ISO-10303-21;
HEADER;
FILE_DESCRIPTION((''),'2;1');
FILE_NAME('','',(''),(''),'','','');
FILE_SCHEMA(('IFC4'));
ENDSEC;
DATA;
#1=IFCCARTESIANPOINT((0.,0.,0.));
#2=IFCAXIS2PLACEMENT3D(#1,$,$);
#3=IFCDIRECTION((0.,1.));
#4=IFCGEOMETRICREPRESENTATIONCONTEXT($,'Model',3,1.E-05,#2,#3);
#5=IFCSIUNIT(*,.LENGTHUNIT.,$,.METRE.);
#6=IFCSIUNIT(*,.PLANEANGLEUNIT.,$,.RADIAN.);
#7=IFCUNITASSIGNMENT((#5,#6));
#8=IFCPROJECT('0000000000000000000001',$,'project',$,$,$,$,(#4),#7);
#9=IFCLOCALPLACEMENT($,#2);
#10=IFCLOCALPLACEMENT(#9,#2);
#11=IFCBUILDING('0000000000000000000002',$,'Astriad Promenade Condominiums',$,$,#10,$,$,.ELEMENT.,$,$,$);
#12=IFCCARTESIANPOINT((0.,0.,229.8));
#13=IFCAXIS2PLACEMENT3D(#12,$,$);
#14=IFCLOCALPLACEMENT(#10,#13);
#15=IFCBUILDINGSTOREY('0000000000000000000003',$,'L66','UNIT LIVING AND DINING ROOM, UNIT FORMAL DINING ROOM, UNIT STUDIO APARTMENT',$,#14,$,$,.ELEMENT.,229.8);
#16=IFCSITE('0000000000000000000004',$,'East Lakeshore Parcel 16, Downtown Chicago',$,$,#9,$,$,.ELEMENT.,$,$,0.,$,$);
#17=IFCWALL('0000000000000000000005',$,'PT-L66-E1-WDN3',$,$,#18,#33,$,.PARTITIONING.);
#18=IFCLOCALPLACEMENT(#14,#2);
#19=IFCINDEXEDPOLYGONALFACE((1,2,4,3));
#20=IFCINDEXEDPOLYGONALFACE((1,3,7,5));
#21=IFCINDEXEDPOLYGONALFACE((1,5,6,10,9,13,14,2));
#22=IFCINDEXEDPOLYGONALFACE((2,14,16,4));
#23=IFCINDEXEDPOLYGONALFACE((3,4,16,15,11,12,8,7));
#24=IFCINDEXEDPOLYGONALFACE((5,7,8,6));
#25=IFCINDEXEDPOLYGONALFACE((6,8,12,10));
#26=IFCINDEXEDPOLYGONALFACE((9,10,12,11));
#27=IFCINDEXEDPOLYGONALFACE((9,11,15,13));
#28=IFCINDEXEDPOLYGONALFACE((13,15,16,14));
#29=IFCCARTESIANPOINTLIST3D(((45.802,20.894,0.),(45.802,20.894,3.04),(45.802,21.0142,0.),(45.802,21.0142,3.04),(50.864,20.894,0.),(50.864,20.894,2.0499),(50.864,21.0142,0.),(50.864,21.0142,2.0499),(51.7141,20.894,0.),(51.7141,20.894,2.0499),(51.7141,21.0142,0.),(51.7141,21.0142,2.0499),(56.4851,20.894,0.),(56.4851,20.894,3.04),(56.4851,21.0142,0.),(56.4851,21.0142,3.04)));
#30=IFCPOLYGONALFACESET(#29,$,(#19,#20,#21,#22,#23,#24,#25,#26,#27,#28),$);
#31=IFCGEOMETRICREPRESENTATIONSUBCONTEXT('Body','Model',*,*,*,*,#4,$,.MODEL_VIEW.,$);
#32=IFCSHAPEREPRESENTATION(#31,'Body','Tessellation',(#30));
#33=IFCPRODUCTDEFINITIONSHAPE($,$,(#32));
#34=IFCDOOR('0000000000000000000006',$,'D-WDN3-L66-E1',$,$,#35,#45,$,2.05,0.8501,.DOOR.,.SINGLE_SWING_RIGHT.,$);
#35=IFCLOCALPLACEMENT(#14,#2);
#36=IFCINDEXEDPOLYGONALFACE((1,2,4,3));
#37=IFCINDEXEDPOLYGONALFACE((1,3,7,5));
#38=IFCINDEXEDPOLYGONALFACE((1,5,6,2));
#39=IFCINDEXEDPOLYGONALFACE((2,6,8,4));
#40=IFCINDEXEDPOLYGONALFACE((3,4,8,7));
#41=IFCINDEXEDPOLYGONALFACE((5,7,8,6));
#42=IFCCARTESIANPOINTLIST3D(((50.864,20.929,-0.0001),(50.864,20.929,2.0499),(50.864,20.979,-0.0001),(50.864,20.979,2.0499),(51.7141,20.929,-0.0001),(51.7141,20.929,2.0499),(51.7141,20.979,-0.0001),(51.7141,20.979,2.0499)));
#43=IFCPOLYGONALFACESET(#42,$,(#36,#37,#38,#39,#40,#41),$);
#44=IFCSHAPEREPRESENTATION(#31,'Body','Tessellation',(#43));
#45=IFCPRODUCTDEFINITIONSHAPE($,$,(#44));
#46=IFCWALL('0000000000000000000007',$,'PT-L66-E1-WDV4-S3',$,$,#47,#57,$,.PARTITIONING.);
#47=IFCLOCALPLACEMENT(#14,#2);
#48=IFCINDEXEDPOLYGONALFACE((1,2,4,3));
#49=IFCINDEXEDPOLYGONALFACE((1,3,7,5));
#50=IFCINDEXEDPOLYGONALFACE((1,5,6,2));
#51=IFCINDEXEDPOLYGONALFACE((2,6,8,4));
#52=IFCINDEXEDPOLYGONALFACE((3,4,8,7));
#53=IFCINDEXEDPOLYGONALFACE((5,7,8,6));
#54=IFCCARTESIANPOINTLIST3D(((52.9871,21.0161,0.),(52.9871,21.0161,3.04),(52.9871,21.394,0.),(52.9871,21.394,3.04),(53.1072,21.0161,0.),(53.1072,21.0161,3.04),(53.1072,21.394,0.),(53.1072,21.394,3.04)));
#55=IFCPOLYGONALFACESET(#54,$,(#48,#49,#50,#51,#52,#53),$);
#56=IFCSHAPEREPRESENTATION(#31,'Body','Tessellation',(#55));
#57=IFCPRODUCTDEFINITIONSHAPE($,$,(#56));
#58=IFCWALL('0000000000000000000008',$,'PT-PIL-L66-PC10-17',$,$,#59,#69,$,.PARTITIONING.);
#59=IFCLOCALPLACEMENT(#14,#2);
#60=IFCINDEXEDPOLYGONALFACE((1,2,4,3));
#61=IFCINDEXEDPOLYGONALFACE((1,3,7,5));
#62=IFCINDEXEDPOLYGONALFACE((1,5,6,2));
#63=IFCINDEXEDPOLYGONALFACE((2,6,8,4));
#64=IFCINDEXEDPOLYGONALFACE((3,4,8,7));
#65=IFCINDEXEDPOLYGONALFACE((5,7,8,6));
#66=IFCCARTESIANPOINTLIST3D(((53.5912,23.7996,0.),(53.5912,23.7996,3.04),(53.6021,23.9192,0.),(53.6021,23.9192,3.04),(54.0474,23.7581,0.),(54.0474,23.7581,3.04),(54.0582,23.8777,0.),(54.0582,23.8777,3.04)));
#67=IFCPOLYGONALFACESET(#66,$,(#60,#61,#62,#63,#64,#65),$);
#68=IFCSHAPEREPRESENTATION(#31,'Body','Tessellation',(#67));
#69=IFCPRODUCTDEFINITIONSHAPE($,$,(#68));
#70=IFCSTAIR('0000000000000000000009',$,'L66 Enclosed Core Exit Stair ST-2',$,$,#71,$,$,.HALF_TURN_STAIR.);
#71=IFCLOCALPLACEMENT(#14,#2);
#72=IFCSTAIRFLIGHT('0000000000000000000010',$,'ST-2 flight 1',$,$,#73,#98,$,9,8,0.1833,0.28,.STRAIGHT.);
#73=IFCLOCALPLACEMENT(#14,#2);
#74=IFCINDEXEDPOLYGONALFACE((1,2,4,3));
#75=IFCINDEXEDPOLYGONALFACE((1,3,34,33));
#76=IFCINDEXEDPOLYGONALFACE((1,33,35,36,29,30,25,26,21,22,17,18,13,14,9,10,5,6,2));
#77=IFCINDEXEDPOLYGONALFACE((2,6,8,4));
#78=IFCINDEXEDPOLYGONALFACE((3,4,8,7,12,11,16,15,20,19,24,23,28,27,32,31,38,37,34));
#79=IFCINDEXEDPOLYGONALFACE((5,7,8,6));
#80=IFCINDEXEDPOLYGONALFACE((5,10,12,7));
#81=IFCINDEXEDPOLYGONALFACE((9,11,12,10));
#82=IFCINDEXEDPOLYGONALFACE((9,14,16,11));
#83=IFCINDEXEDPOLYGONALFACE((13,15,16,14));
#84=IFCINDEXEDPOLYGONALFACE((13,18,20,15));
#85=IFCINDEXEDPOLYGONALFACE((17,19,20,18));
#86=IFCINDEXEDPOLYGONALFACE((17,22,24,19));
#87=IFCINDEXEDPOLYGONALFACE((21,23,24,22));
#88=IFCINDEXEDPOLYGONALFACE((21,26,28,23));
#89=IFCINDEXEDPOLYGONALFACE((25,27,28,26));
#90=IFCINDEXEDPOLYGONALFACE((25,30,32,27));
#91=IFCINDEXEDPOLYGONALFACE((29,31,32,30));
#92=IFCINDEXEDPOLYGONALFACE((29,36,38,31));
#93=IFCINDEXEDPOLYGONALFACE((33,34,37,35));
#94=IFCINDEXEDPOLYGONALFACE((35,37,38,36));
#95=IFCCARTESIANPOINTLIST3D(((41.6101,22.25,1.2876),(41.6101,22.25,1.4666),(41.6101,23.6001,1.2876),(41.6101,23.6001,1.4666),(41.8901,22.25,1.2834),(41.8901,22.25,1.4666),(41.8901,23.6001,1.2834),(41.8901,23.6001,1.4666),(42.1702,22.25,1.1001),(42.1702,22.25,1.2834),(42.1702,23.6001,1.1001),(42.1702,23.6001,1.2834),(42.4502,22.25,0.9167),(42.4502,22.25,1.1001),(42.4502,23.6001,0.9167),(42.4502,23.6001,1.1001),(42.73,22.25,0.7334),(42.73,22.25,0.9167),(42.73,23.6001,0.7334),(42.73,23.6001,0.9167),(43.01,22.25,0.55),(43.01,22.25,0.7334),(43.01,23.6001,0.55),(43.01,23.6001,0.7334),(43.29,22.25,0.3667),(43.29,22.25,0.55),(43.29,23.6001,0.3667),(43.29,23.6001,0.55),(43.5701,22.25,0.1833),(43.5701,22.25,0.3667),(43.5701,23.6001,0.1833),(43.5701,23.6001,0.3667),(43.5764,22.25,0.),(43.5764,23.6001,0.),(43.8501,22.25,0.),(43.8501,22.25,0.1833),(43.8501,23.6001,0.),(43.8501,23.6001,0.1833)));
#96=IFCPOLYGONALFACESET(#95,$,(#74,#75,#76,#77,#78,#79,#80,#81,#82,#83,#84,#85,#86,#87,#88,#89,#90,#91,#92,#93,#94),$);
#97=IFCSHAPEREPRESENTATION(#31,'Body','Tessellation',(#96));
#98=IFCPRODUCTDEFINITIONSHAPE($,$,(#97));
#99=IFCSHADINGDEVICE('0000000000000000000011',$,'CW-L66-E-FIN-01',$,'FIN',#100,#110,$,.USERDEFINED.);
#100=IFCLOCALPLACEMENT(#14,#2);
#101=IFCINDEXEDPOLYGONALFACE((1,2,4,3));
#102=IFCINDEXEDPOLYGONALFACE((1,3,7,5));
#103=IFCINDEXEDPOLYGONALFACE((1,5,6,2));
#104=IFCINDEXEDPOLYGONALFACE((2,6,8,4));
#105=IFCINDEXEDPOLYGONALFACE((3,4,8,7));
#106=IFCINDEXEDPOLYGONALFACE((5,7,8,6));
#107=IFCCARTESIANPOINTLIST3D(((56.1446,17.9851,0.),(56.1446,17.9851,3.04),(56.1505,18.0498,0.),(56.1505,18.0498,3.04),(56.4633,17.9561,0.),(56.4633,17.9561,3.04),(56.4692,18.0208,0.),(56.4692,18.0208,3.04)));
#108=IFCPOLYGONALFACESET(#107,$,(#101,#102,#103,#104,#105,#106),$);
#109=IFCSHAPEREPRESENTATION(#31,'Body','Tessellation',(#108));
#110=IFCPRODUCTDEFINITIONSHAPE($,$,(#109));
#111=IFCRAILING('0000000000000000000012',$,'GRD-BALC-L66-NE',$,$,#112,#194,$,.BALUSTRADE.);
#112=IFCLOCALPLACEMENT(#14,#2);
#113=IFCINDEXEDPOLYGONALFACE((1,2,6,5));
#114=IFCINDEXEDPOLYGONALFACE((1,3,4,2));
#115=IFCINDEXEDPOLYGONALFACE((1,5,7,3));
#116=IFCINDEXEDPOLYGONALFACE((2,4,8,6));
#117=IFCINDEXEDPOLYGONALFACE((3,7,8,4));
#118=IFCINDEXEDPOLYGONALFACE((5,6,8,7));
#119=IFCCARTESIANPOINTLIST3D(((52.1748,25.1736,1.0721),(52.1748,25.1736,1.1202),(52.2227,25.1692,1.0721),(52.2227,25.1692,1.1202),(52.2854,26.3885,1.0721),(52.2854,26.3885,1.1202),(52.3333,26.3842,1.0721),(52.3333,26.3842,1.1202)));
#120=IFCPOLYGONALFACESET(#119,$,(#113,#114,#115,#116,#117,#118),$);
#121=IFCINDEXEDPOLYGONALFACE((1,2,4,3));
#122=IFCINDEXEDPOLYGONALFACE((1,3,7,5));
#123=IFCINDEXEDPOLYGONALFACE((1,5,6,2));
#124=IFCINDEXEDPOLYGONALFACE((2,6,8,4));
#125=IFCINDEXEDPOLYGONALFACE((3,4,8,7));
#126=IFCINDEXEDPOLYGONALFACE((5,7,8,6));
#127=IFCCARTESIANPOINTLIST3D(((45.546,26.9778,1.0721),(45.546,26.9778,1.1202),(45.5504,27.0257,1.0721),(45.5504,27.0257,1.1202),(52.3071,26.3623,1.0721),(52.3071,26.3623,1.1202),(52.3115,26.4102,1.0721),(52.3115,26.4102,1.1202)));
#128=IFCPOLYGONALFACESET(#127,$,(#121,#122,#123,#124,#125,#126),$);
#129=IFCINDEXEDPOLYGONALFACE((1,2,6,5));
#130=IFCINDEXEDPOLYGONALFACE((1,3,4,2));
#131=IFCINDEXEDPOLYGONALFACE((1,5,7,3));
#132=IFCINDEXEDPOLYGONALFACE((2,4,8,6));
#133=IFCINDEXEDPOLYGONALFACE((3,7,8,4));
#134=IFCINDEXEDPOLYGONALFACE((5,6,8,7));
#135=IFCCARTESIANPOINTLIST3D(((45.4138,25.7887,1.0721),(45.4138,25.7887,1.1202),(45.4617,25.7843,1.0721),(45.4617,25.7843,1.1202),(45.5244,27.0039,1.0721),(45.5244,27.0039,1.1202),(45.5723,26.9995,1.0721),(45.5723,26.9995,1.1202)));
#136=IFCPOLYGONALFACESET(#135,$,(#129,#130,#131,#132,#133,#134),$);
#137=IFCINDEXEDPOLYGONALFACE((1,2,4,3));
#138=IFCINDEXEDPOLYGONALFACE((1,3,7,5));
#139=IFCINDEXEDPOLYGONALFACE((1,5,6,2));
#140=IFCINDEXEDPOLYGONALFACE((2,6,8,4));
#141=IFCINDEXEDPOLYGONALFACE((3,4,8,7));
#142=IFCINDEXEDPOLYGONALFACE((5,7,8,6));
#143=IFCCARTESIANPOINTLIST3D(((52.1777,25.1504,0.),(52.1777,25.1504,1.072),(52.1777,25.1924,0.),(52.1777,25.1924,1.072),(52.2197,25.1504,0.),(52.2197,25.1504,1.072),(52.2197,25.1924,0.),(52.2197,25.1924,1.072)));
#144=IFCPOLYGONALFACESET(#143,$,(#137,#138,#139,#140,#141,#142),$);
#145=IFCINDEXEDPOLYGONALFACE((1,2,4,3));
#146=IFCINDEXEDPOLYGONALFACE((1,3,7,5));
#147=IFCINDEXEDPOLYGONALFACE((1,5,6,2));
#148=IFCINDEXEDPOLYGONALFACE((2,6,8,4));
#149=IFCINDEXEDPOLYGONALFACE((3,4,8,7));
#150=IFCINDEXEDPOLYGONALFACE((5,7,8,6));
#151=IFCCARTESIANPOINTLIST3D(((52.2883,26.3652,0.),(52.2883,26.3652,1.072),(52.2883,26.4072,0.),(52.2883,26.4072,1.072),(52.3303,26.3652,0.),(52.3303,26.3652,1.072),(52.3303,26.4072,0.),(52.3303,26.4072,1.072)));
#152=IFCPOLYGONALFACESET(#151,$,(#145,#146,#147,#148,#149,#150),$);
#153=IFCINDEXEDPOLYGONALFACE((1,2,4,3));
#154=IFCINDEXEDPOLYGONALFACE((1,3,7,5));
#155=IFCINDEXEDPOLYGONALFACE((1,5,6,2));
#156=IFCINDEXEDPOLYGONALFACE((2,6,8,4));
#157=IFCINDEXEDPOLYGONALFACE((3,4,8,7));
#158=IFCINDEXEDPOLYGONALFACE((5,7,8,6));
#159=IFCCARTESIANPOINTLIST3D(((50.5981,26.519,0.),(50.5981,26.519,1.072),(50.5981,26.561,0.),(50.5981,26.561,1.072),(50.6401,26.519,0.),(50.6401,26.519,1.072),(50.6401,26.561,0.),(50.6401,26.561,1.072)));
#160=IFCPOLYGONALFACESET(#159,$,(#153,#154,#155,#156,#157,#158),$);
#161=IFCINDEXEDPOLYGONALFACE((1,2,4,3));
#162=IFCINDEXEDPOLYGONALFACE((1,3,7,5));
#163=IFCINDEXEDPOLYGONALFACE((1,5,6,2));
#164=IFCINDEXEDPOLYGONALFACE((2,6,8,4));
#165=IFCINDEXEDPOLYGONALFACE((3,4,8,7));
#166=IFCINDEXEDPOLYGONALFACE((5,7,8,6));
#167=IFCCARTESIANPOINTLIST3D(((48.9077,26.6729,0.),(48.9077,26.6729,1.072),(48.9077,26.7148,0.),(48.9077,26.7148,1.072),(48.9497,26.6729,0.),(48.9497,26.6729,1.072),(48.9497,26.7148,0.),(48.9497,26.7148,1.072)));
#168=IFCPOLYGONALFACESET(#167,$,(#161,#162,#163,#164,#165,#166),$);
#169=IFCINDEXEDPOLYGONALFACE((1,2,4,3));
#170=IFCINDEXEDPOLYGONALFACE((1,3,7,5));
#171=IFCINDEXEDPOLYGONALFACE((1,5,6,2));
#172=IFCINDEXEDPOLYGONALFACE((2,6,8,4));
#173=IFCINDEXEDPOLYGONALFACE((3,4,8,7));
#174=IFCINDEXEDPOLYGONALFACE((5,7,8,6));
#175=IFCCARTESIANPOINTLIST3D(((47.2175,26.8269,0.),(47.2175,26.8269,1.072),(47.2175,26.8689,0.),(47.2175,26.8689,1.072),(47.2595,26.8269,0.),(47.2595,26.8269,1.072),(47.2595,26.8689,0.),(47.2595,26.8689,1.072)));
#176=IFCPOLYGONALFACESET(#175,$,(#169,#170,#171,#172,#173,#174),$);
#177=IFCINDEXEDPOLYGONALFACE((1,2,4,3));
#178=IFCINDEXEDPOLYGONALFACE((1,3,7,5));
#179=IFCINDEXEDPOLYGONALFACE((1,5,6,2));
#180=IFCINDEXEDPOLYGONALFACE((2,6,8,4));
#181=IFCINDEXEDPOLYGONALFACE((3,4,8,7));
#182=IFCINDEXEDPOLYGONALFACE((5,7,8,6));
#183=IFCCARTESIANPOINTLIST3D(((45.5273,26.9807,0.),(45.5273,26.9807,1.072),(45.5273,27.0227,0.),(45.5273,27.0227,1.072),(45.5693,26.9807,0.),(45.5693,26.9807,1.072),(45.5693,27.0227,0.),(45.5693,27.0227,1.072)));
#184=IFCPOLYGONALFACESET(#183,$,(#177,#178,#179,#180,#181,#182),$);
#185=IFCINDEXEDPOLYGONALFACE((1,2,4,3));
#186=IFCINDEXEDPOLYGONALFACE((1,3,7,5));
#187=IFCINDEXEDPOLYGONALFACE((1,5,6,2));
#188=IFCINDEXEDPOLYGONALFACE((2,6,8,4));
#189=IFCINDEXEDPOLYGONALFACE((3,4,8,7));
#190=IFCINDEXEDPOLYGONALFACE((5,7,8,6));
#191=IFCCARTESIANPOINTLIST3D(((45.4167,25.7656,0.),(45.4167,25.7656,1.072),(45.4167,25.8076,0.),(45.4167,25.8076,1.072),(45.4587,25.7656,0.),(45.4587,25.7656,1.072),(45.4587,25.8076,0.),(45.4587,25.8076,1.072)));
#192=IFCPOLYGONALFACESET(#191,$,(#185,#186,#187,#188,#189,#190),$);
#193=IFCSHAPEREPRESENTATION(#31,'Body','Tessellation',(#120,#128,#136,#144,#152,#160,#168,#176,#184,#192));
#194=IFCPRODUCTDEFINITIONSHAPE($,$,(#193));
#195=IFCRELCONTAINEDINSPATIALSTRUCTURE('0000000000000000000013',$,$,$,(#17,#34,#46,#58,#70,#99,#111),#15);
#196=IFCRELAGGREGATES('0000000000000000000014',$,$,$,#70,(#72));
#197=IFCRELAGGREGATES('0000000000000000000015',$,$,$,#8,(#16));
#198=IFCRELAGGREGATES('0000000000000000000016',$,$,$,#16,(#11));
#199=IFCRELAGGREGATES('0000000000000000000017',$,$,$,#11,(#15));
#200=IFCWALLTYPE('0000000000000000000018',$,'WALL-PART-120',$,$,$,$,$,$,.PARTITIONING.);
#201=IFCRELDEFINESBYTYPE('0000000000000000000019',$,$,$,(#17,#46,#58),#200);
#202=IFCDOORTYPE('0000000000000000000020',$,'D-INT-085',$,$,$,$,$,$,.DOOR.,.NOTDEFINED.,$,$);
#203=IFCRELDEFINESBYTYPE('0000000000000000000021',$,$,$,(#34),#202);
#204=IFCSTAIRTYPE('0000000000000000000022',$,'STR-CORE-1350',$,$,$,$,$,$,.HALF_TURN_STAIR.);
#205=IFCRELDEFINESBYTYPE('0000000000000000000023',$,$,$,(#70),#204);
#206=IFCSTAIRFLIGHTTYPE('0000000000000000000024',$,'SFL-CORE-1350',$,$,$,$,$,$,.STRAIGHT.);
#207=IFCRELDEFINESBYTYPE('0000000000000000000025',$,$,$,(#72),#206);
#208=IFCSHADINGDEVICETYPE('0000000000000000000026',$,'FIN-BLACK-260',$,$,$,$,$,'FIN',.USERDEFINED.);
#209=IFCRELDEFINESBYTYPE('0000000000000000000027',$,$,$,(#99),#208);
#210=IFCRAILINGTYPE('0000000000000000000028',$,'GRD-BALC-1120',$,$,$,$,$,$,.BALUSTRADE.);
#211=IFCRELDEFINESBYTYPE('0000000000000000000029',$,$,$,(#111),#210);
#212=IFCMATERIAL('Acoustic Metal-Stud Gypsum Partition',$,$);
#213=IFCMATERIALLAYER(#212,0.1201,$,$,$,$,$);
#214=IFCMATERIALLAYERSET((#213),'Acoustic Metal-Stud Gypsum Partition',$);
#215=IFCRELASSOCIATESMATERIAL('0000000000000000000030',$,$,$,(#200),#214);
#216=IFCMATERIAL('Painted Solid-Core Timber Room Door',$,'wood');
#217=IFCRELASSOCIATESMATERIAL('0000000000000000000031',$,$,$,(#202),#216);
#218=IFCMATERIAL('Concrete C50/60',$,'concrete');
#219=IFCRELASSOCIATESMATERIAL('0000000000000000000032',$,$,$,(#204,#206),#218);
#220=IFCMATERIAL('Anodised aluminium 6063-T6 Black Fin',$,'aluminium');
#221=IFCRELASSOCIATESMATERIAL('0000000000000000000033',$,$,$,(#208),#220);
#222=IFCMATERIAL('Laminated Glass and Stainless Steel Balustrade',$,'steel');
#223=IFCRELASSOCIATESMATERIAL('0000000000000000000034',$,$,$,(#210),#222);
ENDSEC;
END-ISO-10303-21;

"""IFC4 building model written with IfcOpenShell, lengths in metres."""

from ifc_helpers import new_model, si_unit, direction, frame, frame_2d, origin, origin_2d, place, context, subcontext, project, spatial, polyline, rectangle, outline, extrude, source, transform, mapped, material, layer, layer_set, type_object, type_shapes, element, fill, aggregate, save


model = new_model("IFC4")

# Units and contexts
model_context = context("Model", 3, precision=1e-05, world=origin(), true_north=direction((0.0, 1.0)))
body_context = subcontext(model_context, "Body", "Model", "MODEL_VIEW")
ifc_project = project(units=[si_unit("LENGTHUNIT", "METRE"), si_unit("PLANEANGLEUNIT", "RADIAN")], contexts=[model_context])

# Site, building, storey
site_placement = place(None, origin())
site = spatial("IfcSite", under=ifc_project, at=site_placement, Name="East Lakeshore Parcel 16, Downtown Chicago", CompositionType="ELEMENT", RefElevation=0.0)
building_placement = place(site_placement, origin())
building = spatial("IfcBuilding", under=site, at=building_placement, Name="Astriad Promenade Condominiums", CompositionType="ELEMENT")
storey_placement = place(building_placement, frame((0.0, 0.0, 229.8)))
storey = spatial("IfcBuildingStorey", under=building, at=storey_placement, Name="L66", Description="UNIT LIVING AND DINING ROOM, UNIT FORMAL DINING ROOM, UNIT STUDIO APARTMENT", CompositionType="ELEMENT", Elevation=229.8)

# Shared definitions
ifc_material_1 = material(Name="Concrete C50/60", Category="concrete")

# Shared definitions
ifc_material_2 = material(Name="Acoustic Metal-Stud Gypsum Partition")
ifc_layer_1 = layer(ifc_material_2, 0.1201)
ifc_layer_set_1 = layer_set([ifc_layer_1], Name="Acoustic Metal-Stud Gypsum Partition")
wall_type_1 = type_object("IfcWallType", Name="WALL-PART-120", PredefinedType="PARTITIONING", material=ifc_layer_set_1)

# Wall, opening, door
ifc_material_3 = material(Name="Painted Solid-Core Timber Room Door", Category="wood")
door_type = type_object("IfcDoorType", Name="D-INT-085", OperationType="NOTDEFINED", PredefinedType="DOOR", material=ifc_material_3)
shared_shape_1 = source(origin(), body_context, "Body", "SweptSolid", [
    extrude(rectangle(XDim=0.8501, YDim=2.05, at=frame_2d((0.425, 1.0249))), frame((0.0, 0.0249, 0.0), z_axis=(0.0, -1.0, 0.0), x_axis=(1.0, 0.0, 0.0)), (0.0, 0.0, 1.0), 0.05),
])
type_shapes(door_type, [shared_shape_1])
wall_1_placement = place(storey_placement, frame((45.802, 20.9541, 0.0), z_axis=(0.0, 0.0, 1.0), x_axis=(1.0, 0.0, 0.0)))
wall_1 = element("IfcWall", 1, at=wall_1_placement, inside=storey, type_object=wall_type_1, Name="PT-L66-E1-WDN3", PredefinedType="PARTITIONING", context=body_context, shape_type="SweptSolid", body=[
    extrude(rectangle(XDim=10.6831, YDim=0.1201, at=frame_2d((5.3416, 0.0))), origin(), (0.0, 0.0, 1.0), 3.04),
])
opening_1_placement = place(wall_1_placement, frame((5.062, 0.0, 0.0)))
opening_1 = element("IfcOpeningElement", 2, at=opening_1_placement, cuts=wall_1, PredefinedType="OPENING", context=body_context, shape_type="SweptSolid", body=[
    extrude(rectangle(XDim=0.8501, YDim=2.05, at=frame_2d((0.425, 1.0249))), frame((0.0, 0.0701, 0.0), z_axis=(0.0, -1.0, 0.0), x_axis=(1.0, 0.0, 0.0)), (0.0, 0.0, 1.0), 0.1401),
])
door_1_placement = place(opening_1_placement, origin())
door_1 = element("IfcDoor", 3, at=door_1_placement, inside=storey, type_object=door_type, Name="D-WDN3-L66-E1", OperationType="SINGLE_SWING_RIGHT", OverallHeight=2.05, OverallWidth=0.8501, PredefinedType="DOOR", context=body_context, shape_type="MappedRepresentation", body=[
    mapped(shared_shape_1, transform((0.0, 0.0, 0.0), scale=1.0)),
])
fill(opening_1, door_1)

# Walls
wall_2_placement = place(storey_placement, frame((53.0471, 21.0161, 0.0), z_axis=(0.0, 0.0, 1.0), x_axis=(0.0, 1.0, 0.0)))
element("IfcWall", 4, at=wall_2_placement, inside=storey, type_object=wall_type_1, Name="PT-L66-E1-WDV4-S3", PredefinedType="PARTITIONING", context=body_context, shape_type="SweptSolid", body=[
    extrude(rectangle(XDim=0.3779, YDim=0.1201, at=frame_2d((0.189, 0.0))), origin(), (0.0, 0.0, 1.0), 3.04),
])
wall_3_placement = place(storey_placement, frame((53.5967, 23.8594, 0.0), z_axis=(0.0, 0.0, 1.0), x_axis=(0.995884, -0.090632, 0.0)))
element("IfcWall", 5, at=wall_3_placement, inside=storey, type_object=wall_type_1, Name="PT-PIL-L66-PC10-17", PredefinedType="PARTITIONING", context=body_context, shape_type="SweptSolid", body=[
    extrude(rectangle(XDim=0.458, YDim=0.1201, at=frame_2d((0.229, 0.0))), origin(), (0.0, 0.0, 1.0), 3.04),
])

# Stair, stair flight
stair_type = type_object("IfcStairType", Name="STR-CORE-1350", PredefinedType="HALF_TURN_STAIR", material=ifc_material_1)
stair_placement = place(storey_placement, origin())
stair = element("IfcStair", 6, at=stair_placement, inside=storey, type_object=stair_type, Name="L66 Enclosed Core Exit Stair ST-2", PredefinedType="HALF_TURN_STAIR")
stair_flight_type = type_object("IfcStairFlightType", Name="SFL-CORE-1350", PredefinedType="STRAIGHT", material=ifc_material_1)
shared_shape_2 = source(origin(), body_context, "Body", "SweptSolid", [
    extrude(outline(polyline([(0.0, 0.0), (0.0, 0.1833), (0.28, 0.1833), (0.28, 0.3667), (0.5601, 0.3667), (0.5601, 0.55), (0.8401, 0.55), (0.8401, 0.7334), (1.1201, 0.7334), (1.1201, 0.9167), (1.3999, 0.9167), (1.3999, 1.1001), (1.6799, 1.1001), (1.6799, 1.2834), (1.96, 1.2834), (1.96, 1.4666), (2.24, 1.4666), (2.24, 1.6499), (2.24, 1.2876), (0.2737, 0.0), (0.0, 0.0)])), frame((0.0, 0.675, 0.0), z_axis=(0.0, -1.0, 0.0), x_axis=(1.0, 0.0, 0.0)), (0.0, 0.0, 1.0), 1.3501),
])
type_shapes(stair_flight_type, [shared_shape_2])
stair_flight_placement = place(storey_placement, frame((43.8501, 22.925, 0.0), z_axis=(0.0, 0.0, 1.0), x_axis=(-1.0, 0.0, 0.0)))
stair_flight = element("IfcStairFlight", 7, at=stair_flight_placement, type_object=stair_flight_type, Name="ST-2 flight 1", NumberOfRisers=9, NumberOfTreads=8, PredefinedType="STRAIGHT", RiserHeight=0.1833, TreadLength=0.28, context=body_context, shape_type="MappedRepresentation", body=[
    mapped(shared_shape_2, transform((0.0, 0.0, 0.0), scale=1.0)),
])
aggregate(stair, [stair_flight])

# Shading device
ifc_material_4 = material(Name="Anodised aluminium 6063-T6 Black Fin", Category="aluminium")
shading_device_type = type_object("IfcShadingDeviceType", Name="FIN-BLACK-260", ElementType="FIN", PredefinedType="USERDEFINED", material=ifc_material_4)
shared_shape_3 = source(origin(), body_context, "Body", "SweptSolid", [
    extrude(rectangle(XDim=0.0649, YDim=0.3201, at=origin_2d()), origin(), (0.0, 0.0, 1.0), 3.04),
])
type_shapes(shading_device_type, [shared_shape_3])
shading_device_placement = place(storey_placement, frame((56.3069, 18.0029, 0.0), z_axis=(0.0, 0.0, 1.0), x_axis=(-0.090633, -0.995884, 0.0)))
element("IfcShadingDevice", 8, at=shading_device_placement, inside=storey, type_object=shading_device_type, Name="CW-L66-E-FIN-01", ObjectType="FIN", PredefinedType="USERDEFINED", context=body_context, shape_type="MappedRepresentation", body=[
    mapped(shared_shape_3, transform((0.0, 0.0, 0.0), scale=1.0)),
])

# Railing
ifc_material_5 = material(Name="Laminated Glass and Stainless Steel Balustrade", Category="steel")
railing_type_1 = type_object("IfcRailingType", Name="GRD-BALC-1120", PredefinedType="BALUSTRADE", material=ifc_material_5)
shared_shape_4 = source(origin(), body_context, "Body", "SweptSolid", [
    extrude(rectangle(XDim=0.0481, YDim=0.0481, at=origin_2d()), frame((0.0, 0.0, 1.0962), z_axis=(0.090662, 0.995882, 0.0), x_axis=(-0.995882, 0.090662, 0.0)), (0.0, 0.0, 1.0), 1.22),
    extrude(rectangle(XDim=0.0481, YDim=0.0481, at=origin_2d()), frame((0.1106, 1.2148, 1.0962), z_axis=(-0.995882, 0.090659, 0.0), x_axis=(-0.090659, -0.995882, 0.0)), (0.0, 0.0, 1.0), 6.7891),
    extrude(rectangle(XDim=0.0481, YDim=0.0481, at=origin_2d()), frame((-6.6504, 1.8303, 1.0962), z_axis=(-0.090644, -0.995883, 0.0), x_axis=(0.995883, -0.090644, 0.0)), (0.0, 0.0, 1.0), 1.2202),
    extrude(rectangle(XDim=0.042, YDim=0.042, at=origin_2d()), origin(), (0.0, 0.0, 1.0), 1.072),
    extrude(rectangle(XDim=0.042, YDim=0.042, at=origin_2d()), frame((0.1106, 1.2148, 0.0)), (0.0, 0.0, 1.0), 1.072),
    extrude(rectangle(XDim=0.042, YDim=0.042, at=origin_2d()), frame((-1.5796, 1.3687, 0.0)), (0.0, 0.0, 1.0), 1.072),
    extrude(rectangle(XDim=0.042, YDim=0.042, at=origin_2d()), frame((-3.27, 1.5225, 0.0)), (0.0, 0.0, 1.0), 1.072),
    extrude(rectangle(XDim=0.042, YDim=0.042, at=origin_2d()), frame((-4.9602, 1.6765, 0.0)), (0.0, 0.0, 1.0), 1.072),
    extrude(rectangle(XDim=0.042, YDim=0.042, at=origin_2d()), frame((-6.6504, 1.8303, 0.0)), (0.0, 0.0, 1.0), 1.072),
    extrude(rectangle(XDim=0.042, YDim=0.042, at=origin_2d()), frame((-6.761, 0.6152, 0.0)), (0.0, 0.0, 1.0), 1.072),
])
type_shapes(railing_type_1, [shared_shape_4])
railing_1_placement = place(storey_placement, frame((52.1987, 25.1714, 0.0)))
element("IfcRailing", 9, at=railing_1_placement, inside=storey, type_object=railing_type_1, Name="GRD-BALC-L66-NE", PredefinedType="BALUSTRADE", context=body_context, shape_type="MappedRepresentation", body=[
    mapped(shared_shape_4, transform((0.0, 0.0, 0.0), scale=1.0)),
])

save(model, "model.ifc")
